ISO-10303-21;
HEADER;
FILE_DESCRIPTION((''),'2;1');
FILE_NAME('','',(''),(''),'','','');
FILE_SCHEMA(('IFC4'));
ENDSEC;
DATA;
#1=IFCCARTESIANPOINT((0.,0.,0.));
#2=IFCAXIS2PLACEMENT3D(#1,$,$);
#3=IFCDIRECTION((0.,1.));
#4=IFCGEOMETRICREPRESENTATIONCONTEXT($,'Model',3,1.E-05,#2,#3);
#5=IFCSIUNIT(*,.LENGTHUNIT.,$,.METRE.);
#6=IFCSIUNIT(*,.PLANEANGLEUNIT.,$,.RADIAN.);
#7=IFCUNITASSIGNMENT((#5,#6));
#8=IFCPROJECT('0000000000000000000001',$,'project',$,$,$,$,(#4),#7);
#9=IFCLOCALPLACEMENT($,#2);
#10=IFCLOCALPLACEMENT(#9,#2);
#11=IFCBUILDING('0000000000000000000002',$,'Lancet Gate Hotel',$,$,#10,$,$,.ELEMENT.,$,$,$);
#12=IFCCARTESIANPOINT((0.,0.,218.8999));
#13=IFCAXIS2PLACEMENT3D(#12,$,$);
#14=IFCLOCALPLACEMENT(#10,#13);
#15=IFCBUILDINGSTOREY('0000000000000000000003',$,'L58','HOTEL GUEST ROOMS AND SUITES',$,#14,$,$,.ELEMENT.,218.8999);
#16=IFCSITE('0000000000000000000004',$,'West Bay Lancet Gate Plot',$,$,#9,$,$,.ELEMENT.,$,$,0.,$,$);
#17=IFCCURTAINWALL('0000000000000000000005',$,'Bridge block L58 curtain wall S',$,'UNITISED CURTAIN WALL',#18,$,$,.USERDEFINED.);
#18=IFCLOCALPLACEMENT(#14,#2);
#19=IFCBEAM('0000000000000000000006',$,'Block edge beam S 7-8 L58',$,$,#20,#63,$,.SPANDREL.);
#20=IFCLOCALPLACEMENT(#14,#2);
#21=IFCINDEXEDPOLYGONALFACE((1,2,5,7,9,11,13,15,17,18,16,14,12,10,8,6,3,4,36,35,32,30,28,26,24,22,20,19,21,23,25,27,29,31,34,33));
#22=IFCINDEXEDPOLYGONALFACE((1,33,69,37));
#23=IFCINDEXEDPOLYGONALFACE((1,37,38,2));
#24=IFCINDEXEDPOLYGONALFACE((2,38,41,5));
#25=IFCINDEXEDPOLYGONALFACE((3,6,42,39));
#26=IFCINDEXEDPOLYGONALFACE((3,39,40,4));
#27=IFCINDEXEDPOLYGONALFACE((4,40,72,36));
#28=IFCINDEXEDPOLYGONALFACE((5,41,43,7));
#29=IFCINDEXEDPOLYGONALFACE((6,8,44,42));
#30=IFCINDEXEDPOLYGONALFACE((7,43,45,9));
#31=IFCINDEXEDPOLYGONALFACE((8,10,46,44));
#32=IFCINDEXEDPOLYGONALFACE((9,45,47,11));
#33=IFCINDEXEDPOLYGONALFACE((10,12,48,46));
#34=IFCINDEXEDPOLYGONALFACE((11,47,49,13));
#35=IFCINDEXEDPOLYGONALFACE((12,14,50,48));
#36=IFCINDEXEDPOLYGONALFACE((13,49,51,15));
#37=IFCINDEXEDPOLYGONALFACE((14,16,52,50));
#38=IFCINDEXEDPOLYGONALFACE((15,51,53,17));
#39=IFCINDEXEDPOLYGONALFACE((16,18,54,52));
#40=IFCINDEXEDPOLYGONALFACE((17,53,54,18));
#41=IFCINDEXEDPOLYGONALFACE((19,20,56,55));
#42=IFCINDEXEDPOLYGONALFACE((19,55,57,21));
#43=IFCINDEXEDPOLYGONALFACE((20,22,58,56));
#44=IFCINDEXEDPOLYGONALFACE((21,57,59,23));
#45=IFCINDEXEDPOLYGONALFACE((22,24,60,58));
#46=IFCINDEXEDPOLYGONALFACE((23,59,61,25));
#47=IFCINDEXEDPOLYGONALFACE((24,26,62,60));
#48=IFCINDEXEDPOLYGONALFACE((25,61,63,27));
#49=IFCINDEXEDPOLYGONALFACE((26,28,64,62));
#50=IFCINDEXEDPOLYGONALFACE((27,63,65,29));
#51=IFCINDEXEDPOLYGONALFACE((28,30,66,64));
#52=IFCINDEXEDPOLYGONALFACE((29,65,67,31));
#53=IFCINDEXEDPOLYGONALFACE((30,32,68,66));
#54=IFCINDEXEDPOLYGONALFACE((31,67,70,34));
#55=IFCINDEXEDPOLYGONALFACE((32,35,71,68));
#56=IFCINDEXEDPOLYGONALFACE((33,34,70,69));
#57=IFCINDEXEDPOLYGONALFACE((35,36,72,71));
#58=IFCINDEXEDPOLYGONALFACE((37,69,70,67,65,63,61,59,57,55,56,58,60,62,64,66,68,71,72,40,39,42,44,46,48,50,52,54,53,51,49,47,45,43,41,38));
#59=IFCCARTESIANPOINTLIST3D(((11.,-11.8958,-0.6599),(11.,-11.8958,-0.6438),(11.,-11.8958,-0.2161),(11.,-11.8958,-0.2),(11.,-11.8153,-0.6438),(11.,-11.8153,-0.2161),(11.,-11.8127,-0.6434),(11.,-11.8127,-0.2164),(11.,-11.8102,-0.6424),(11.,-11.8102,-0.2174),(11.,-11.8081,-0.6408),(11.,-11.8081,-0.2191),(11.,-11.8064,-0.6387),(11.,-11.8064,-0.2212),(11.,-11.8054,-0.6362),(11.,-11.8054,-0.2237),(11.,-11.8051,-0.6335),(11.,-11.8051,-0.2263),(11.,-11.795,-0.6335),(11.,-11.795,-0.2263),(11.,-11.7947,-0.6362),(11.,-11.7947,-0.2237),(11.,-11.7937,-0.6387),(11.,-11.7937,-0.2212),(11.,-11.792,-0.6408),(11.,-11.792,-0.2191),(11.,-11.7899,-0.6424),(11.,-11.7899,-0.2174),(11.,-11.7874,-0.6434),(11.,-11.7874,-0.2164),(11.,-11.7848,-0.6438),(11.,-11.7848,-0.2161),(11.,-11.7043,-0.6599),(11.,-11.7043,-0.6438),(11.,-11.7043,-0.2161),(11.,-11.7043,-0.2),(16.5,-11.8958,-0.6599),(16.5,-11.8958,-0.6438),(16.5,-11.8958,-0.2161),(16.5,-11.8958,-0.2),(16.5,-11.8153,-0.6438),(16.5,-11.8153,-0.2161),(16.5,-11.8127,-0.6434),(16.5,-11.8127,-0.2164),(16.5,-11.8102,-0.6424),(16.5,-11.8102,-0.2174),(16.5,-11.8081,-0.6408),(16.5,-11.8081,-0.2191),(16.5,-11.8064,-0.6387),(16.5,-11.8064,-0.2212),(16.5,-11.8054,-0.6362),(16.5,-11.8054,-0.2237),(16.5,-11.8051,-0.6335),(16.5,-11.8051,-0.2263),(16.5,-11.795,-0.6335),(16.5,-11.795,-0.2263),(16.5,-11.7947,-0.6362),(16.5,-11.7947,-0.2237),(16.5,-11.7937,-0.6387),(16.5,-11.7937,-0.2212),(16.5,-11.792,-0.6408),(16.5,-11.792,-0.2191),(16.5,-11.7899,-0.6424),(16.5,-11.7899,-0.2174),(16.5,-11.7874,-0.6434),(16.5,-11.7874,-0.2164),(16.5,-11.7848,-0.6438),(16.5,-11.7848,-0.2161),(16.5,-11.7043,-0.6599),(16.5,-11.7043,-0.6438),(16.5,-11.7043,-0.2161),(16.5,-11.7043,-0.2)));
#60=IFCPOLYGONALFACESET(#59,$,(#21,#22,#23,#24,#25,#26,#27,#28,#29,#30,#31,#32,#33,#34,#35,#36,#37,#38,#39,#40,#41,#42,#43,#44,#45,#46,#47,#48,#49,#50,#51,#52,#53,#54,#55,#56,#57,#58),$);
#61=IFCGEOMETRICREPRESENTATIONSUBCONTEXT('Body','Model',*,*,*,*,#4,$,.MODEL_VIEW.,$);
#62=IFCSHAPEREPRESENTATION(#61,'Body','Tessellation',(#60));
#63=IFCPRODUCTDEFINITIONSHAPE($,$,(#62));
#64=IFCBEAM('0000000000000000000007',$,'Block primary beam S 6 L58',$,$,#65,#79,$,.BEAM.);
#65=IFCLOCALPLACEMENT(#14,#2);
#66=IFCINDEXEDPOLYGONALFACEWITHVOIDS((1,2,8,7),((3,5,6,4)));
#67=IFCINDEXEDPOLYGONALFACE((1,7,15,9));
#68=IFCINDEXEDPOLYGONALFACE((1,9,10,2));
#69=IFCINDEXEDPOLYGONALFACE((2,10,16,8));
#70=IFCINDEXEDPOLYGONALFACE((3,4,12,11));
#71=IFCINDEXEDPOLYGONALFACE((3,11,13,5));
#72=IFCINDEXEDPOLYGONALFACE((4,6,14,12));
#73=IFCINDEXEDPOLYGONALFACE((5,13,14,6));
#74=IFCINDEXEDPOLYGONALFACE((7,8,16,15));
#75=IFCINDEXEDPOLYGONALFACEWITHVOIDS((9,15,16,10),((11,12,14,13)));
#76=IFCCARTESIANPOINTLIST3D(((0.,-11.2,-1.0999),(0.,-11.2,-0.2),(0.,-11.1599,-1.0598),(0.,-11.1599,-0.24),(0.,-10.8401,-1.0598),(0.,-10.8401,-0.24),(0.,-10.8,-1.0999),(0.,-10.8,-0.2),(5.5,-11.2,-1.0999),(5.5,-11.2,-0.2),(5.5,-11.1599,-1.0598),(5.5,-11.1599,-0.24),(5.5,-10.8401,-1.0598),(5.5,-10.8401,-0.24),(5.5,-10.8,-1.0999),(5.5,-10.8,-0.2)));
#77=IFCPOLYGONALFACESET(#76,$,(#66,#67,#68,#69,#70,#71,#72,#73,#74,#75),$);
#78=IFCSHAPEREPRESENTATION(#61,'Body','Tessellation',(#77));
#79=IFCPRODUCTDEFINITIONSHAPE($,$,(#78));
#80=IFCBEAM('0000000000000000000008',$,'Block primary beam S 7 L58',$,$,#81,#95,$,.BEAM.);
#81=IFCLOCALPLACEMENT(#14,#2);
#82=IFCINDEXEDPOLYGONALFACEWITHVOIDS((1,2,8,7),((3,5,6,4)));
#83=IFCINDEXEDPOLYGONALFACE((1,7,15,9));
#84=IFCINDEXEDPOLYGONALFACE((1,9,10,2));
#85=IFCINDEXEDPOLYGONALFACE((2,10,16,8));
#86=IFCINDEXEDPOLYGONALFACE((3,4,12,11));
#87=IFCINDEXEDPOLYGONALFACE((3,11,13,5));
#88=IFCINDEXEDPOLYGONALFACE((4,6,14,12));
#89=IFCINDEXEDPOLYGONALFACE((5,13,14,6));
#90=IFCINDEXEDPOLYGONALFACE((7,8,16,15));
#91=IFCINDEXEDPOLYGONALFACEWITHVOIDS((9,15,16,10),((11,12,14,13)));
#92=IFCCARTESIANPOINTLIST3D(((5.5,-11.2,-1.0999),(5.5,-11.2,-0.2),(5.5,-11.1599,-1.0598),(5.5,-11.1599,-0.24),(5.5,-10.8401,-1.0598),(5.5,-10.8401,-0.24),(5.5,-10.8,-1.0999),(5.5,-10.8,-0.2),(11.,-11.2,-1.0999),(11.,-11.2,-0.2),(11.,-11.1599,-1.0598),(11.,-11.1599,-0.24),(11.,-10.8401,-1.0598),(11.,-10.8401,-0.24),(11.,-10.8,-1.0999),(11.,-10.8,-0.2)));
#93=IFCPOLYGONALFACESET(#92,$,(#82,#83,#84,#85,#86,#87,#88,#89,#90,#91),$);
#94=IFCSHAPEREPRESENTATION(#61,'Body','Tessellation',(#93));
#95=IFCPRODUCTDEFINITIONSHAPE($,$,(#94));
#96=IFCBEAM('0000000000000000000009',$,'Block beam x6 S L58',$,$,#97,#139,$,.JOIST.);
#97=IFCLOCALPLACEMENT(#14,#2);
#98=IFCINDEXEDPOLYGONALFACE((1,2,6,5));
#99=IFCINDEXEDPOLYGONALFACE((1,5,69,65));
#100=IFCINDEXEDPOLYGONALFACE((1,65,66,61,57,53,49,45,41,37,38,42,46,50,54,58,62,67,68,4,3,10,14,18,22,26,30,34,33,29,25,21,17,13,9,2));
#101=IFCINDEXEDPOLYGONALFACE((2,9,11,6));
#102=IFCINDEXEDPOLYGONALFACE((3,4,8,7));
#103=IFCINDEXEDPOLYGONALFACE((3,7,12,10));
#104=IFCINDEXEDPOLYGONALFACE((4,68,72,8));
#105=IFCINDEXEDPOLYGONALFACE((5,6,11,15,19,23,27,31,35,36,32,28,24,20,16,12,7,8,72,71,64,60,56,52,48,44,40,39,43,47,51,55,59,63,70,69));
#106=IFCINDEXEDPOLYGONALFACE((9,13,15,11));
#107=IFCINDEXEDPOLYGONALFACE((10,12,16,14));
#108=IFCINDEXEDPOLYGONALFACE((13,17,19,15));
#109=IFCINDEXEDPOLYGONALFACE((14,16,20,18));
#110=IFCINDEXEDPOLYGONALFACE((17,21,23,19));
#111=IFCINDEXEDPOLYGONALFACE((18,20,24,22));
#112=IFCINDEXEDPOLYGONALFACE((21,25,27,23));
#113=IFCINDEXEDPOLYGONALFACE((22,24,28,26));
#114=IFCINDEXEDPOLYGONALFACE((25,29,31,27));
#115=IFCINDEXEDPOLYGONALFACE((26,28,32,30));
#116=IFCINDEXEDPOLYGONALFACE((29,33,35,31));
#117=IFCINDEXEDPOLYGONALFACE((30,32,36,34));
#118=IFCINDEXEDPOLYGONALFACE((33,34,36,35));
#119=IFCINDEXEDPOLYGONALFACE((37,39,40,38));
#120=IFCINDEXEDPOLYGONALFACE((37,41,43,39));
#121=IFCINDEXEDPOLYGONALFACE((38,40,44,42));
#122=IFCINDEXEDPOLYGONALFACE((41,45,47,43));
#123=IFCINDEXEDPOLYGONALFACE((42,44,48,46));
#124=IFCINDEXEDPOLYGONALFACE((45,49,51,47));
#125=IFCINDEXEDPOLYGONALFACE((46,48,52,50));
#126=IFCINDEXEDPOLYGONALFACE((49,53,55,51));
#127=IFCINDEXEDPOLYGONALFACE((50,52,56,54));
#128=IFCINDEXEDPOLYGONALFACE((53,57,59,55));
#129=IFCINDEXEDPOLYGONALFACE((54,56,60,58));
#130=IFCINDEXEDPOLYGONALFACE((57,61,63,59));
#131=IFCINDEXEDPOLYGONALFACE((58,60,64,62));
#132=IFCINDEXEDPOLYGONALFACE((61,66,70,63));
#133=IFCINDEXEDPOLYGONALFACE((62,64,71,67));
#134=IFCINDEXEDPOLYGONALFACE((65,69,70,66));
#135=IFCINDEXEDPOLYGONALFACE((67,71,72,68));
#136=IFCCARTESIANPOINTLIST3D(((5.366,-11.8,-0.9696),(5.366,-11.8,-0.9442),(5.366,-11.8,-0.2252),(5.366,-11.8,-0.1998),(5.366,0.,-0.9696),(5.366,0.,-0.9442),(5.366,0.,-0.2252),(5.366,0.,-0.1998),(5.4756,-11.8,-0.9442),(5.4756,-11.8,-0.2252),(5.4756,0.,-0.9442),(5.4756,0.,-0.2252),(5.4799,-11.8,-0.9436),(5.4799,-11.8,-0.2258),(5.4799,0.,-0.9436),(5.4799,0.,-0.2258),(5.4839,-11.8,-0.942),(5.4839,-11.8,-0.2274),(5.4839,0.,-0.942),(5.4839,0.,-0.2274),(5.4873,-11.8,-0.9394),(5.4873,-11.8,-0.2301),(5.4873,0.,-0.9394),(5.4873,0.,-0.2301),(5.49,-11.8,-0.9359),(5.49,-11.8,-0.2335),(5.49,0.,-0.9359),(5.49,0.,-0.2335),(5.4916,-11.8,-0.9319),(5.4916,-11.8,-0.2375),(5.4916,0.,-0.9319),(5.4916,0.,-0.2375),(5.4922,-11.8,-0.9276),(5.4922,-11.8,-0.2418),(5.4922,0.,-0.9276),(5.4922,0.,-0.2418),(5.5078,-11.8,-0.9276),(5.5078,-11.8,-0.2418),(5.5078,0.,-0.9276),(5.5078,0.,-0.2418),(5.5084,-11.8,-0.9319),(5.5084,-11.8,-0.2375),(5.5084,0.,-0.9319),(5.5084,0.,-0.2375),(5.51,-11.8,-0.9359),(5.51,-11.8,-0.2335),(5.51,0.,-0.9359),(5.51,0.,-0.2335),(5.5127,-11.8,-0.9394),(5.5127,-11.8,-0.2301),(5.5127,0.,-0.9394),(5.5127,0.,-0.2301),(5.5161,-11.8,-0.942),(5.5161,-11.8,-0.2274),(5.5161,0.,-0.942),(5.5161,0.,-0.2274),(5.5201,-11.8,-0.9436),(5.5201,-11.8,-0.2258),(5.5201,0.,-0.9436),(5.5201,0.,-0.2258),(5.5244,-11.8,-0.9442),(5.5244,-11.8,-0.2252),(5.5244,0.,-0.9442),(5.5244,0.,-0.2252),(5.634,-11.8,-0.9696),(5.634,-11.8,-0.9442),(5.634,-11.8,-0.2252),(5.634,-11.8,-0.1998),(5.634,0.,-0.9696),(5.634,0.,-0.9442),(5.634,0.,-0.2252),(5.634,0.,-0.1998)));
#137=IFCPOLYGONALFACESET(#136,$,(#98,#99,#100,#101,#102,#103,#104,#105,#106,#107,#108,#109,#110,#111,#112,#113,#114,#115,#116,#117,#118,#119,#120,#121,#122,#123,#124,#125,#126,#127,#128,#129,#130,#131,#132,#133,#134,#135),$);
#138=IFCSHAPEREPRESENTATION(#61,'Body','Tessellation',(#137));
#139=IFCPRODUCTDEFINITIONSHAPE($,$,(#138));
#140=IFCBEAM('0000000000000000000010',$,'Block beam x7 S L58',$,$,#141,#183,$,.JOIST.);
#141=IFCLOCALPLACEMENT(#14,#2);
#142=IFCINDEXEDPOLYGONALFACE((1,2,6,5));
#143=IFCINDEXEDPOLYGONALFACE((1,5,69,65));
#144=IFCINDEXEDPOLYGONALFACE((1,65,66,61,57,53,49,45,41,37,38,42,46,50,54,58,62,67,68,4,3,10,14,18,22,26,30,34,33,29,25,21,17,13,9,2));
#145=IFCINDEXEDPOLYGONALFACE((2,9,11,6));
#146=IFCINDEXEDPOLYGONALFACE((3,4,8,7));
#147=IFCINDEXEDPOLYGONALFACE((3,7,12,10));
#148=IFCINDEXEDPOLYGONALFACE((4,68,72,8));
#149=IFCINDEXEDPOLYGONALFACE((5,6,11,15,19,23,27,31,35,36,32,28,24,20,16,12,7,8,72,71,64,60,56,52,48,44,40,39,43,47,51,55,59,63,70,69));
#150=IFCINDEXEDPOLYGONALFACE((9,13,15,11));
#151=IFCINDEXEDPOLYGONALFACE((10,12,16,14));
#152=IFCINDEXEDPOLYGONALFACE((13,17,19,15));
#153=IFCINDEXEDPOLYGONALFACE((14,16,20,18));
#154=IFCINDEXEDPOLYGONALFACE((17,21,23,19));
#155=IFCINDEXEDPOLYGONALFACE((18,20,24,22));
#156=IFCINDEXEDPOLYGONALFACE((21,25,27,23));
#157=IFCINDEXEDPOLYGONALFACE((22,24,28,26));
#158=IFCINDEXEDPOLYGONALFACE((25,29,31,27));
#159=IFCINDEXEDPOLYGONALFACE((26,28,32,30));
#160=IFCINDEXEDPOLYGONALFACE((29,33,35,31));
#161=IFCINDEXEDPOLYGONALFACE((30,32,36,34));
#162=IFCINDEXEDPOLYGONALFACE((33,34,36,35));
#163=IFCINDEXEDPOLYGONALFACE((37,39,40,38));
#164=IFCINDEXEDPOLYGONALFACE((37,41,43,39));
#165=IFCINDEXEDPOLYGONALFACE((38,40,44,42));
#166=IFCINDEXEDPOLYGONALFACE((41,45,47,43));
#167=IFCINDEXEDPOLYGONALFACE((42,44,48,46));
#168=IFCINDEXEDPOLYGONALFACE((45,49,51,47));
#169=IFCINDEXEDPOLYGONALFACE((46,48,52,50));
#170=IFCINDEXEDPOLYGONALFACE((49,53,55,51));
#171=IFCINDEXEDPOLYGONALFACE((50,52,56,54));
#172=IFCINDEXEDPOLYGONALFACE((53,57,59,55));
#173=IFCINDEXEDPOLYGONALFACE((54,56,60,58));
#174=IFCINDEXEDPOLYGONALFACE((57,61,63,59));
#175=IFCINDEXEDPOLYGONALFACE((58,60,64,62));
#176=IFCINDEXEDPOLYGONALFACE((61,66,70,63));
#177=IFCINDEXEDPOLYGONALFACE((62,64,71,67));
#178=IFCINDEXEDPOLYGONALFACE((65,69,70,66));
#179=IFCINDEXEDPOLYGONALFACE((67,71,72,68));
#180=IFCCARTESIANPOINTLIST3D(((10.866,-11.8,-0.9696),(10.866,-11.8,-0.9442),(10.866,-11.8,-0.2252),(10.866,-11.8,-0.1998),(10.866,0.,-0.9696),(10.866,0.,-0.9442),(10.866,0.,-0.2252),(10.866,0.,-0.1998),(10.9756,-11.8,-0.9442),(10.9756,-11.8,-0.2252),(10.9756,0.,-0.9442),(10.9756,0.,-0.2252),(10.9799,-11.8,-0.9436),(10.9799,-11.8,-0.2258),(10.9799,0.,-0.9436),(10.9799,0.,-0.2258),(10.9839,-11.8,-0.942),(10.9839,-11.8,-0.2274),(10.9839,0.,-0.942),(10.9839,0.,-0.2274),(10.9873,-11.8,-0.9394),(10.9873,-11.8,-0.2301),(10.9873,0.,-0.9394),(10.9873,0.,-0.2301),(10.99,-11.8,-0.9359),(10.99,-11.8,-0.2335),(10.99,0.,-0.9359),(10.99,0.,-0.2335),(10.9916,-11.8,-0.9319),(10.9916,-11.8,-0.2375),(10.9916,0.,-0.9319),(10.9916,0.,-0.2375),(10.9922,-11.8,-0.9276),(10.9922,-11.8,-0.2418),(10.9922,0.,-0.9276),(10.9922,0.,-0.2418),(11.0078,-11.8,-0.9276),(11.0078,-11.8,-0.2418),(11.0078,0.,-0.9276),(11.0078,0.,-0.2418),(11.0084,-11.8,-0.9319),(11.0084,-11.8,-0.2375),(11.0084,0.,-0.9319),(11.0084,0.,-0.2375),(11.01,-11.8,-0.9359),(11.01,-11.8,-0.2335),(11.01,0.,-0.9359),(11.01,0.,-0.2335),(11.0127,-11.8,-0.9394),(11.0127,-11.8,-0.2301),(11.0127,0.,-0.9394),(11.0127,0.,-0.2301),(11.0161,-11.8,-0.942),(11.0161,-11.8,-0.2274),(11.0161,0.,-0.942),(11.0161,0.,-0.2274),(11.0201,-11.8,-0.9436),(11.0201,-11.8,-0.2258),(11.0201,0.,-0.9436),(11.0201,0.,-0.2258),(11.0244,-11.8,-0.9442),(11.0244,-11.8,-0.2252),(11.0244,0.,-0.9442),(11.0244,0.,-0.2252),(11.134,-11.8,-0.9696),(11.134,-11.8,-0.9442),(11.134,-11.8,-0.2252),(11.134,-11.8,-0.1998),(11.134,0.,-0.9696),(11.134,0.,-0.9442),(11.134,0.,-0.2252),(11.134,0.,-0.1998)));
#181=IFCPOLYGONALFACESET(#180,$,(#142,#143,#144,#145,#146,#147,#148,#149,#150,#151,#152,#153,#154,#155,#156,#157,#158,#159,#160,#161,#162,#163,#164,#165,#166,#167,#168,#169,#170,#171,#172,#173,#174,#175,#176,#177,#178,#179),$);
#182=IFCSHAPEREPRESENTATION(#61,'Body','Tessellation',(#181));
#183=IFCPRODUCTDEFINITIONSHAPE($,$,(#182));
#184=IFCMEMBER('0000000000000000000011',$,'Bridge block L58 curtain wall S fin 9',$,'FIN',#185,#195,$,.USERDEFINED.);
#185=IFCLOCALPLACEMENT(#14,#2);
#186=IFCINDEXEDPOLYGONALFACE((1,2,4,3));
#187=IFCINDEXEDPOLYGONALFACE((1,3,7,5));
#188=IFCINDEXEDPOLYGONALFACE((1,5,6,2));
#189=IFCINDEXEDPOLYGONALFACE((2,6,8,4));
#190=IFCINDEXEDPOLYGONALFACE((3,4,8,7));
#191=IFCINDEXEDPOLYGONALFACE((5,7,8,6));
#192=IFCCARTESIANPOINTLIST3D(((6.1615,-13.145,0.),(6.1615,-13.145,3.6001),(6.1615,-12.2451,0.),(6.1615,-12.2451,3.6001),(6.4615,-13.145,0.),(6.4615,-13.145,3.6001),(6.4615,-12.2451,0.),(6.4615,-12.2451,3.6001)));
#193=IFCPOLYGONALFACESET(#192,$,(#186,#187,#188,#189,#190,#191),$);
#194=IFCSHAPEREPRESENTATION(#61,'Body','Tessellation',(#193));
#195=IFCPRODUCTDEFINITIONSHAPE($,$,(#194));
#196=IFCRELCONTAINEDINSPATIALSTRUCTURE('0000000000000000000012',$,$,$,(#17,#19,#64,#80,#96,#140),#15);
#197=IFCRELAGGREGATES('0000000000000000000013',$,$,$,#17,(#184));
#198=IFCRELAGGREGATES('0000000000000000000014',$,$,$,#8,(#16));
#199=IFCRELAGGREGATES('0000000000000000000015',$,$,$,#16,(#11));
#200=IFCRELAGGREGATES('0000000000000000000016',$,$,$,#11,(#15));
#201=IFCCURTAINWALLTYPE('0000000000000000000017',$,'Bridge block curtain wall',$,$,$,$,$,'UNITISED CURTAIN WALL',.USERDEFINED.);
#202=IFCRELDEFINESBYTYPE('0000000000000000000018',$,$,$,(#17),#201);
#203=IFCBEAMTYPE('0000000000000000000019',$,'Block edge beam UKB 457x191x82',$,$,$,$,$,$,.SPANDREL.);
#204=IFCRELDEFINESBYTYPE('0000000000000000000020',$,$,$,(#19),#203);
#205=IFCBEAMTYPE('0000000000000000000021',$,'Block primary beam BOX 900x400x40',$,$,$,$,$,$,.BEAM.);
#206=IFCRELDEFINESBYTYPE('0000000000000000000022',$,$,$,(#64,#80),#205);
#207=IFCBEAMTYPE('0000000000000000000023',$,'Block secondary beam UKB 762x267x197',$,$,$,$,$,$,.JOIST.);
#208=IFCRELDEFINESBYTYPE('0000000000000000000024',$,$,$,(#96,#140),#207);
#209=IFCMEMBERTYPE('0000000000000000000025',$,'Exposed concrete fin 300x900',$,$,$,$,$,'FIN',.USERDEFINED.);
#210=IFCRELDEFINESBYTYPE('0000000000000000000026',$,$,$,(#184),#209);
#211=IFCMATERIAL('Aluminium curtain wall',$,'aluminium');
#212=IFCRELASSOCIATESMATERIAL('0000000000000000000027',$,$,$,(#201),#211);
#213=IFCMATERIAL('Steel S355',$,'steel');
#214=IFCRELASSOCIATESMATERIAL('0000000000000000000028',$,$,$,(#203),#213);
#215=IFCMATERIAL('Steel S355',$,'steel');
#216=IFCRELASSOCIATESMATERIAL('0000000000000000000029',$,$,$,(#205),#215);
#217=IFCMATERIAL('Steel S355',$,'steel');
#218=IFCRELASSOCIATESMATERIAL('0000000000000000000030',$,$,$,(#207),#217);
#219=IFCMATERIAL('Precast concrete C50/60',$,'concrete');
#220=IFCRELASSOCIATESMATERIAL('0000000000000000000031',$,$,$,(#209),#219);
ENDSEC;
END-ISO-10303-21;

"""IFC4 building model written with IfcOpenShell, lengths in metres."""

from ifc_helpers import new_model, si_unit, direction, frame, origin, origin_2d, place, context, subcontext, project, spatial, rectangle, hollow_rectangle, i_section, extrude, material, material_profile, profile_set, type_object, element, aggregate, save


model = new_model("IFC4")

# Units and contexts
model_context = context("Model", 3, precision=1e-05, world=origin(), true_north=direction((0.0, 1.0)))
body_context = subcontext(model_context, "Body", "Model", "MODEL_VIEW")
ifc_project = project(units=[si_unit("LENGTHUNIT", "METRE"), si_unit("PLANEANGLEUNIT", "RADIAN")], contexts=[model_context])

# Site, building, storey
site_placement = place(None, origin())
site = spatial("IfcSite", under=ifc_project, at=site_placement, Name="West Bay Lancet Gate Plot", CompositionType="ELEMENT", RefElevation=0.0)
building_placement = place(site_placement, origin())
building = spatial("IfcBuilding", under=site, at=building_placement, Name="Lancet Gate Hotel", CompositionType="ELEMENT")
storey_placement = place(building_placement, frame((0.0, 0.0, 218.8999)))
storey = spatial("IfcBuildingStorey", under=building, at=storey_placement, Name="L58", Description="HOTEL GUEST ROOMS AND SUITES", CompositionType="ELEMENT", Elevation=218.8999)

# Curtain wall
ifc_material_1 = material(Name="Aluminium curtain wall", Category="aluminium")
curtain_wall_type = type_object("IfcCurtainWallType", Name="Bridge block curtain wall", ElementType="UNITISED CURTAIN WALL", PredefinedType="USERDEFINED", material=ifc_material_1)
curtain_wall_placement = place(storey_placement, origin())
curtain_wall = element("IfcCurtainWall", 1, at=curtain_wall_placement, inside=storey, type_object=curtain_wall_type, Name="Bridge block L58 curtain wall S", ObjectType="UNITISED CURTAIN WALL", PredefinedType="USERDEFINED")

# Beams
ifc_material_2 = material(Name="Steel S355", Category="steel")
ifc_material_profile_1 = material_profile(ifc_material_2, i_section(OverallWidth=0.1914, OverallDepth=0.46, WebThickness=0.01, FlangeThickness=0.0161, FilletRadius=0.0103, at=origin_2d()), Name="UKB 457x191x82")
ifc_profile_set_1 = profile_set([ifc_material_profile_1], Name="Steel S355")
beam_type_1 = type_object("IfcBeamType", Name="Block edge beam UKB 457x191x82", PredefinedType="SPANDREL", material=ifc_profile_set_1)
for number, where, z_axis, x_axis, name in (
    (2, (11.0, -11.8, -0.4299), (1.0, 0.0, 0.0), (0.0, 1.0, 0.0), "Block edge beam S 7-8 L58"),
):
    element("IfcBeam", number, at=place(storey_placement, frame(where, z_axis=z_axis, x_axis=x_axis)), inside=storey, type_object=beam_type_1, Name=name, PredefinedType="SPANDREL", context=body_context, shape_type="SweptSolid", body=[
        extrude(i_section(OverallWidth=0.1914, OverallDepth=0.46, WebThickness=0.01, FlangeThickness=0.0161, FilletRadius=0.0103, at=origin_2d()), origin(), (0.0, 0.0, 1.0), 5.5),
    ])
ifc_material_3 = material(Name="Steel S355", Category="steel")
ifc_material_profile_2 = material_profile(ifc_material_3, hollow_rectangle(XDim=0.3999, YDim=0.8999, WallThickness=0.04, at=origin_2d()), Name="BOX 900x400x40")
ifc_profile_set_2 = profile_set([ifc_material_profile_2], Name="Steel S355")
beam_type_2 = type_object("IfcBeamType", Name="Block primary beam BOX 900x400x40", PredefinedType="BEAM", material=ifc_profile_set_2)
for number, where, z_axis, x_axis, name in (
    (3, (0.0, -11.0, -0.6499), (1.0, 0.0, 0.0), (0.0, 1.0, 0.0), "Block primary beam S 6 L58"),
    (4, (5.5, -11.0, -0.6499), (1.0, 0.0, 0.0), (0.0, 1.0, 0.0), "Block primary beam S 7 L58"),
):
    element("IfcBeam", number, at=place(storey_placement, frame(where, z_axis=z_axis, x_axis=x_axis)), inside=storey, type_object=beam_type_2, Name=name, PredefinedType="BEAM", context=body_context, shape_type="SweptSolid", body=[
        extrude(hollow_rectangle(XDim=0.3999, YDim=0.8999, WallThickness=0.04, at=origin_2d()), origin(), (0.0, 0.0, 1.0), 5.5),
    ])
ifc_material_4 = material(Name="Steel S355", Category="steel")
ifc_material_profile_3 = material_profile(ifc_material_4, i_section(OverallWidth=0.2681, OverallDepth=0.7698, WebThickness=0.0156, FlangeThickness=0.0254, FilletRadius=0.0166, at=origin_2d()), Name="UKB 762x267x197")
ifc_profile_set_3 = profile_set([ifc_material_profile_3], Name="Steel S355")
beam_type_3 = type_object("IfcBeamType", Name="Block secondary beam UKB 762x267x197", PredefinedType="JOIST", material=ifc_profile_set_3)
for number, where, z_axis, x_axis, name in (
    (5, (5.5, -11.8, -0.5847), (0.0, 1.0, 0.0), (-1.0, 0.0, 0.0), "Block beam x6 S L58"),
    (6, (11.0, -11.8, -0.5847), (0.0, 1.0, 0.0), (-1.0, 0.0, 0.0), "Block beam x7 S L58"),
):
    element("IfcBeam", number, at=place(storey_placement, frame(where, z_axis=z_axis, x_axis=x_axis)), inside=storey, type_object=beam_type_3, Name=name, PredefinedType="JOIST", context=body_context, shape_type="SweptSolid", body=[
        extrude(i_section(OverallWidth=0.2681, OverallDepth=0.7698, WebThickness=0.0156, FlangeThickness=0.0254, FilletRadius=0.0166, at=origin_2d()), origin(), (0.0, 0.0, 1.0), 11.8),
    ])

# Member
ifc_material_5 = material(Name="Precast concrete C50/60", Category="concrete")
ifc_material_profile_4 = material_profile(ifc_material_5, rectangle(XDim=0.3, YDim=0.8999, at=origin_2d()), Name="FIN 300x900")
ifc_profile_set_4 = profile_set([ifc_material_profile_4], Name="Precast concrete C50/60")
member_type_1 = type_object("IfcMemberType", Name="Exposed concrete fin 300x900", ElementType="FIN", PredefinedType="USERDEFINED", material=ifc_profile_set_4)
member_1_placement = place(storey_placement, frame((6.3115, -12.6951, 0.0), z_axis=(0.0, 0.0, 1.0), x_axis=(1.0, 0.0, 0.0)))
member_1 = element("IfcMember", 7, at=member_1_placement, type_object=member_type_1, Name="Bridge block L58 curtain wall S fin 9", ObjectType="FIN", PredefinedType="USERDEFINED", context=body_context, shape_type="SweptSolid", body=[
    extrude(rectangle(XDim=0.3, YDim=0.8999, at=origin_2d()), origin(), (0.0, 0.0, 1.0), 3.6001),
])

aggregate(curtain_wall, [member_1])

save(model, "model.ifc")
